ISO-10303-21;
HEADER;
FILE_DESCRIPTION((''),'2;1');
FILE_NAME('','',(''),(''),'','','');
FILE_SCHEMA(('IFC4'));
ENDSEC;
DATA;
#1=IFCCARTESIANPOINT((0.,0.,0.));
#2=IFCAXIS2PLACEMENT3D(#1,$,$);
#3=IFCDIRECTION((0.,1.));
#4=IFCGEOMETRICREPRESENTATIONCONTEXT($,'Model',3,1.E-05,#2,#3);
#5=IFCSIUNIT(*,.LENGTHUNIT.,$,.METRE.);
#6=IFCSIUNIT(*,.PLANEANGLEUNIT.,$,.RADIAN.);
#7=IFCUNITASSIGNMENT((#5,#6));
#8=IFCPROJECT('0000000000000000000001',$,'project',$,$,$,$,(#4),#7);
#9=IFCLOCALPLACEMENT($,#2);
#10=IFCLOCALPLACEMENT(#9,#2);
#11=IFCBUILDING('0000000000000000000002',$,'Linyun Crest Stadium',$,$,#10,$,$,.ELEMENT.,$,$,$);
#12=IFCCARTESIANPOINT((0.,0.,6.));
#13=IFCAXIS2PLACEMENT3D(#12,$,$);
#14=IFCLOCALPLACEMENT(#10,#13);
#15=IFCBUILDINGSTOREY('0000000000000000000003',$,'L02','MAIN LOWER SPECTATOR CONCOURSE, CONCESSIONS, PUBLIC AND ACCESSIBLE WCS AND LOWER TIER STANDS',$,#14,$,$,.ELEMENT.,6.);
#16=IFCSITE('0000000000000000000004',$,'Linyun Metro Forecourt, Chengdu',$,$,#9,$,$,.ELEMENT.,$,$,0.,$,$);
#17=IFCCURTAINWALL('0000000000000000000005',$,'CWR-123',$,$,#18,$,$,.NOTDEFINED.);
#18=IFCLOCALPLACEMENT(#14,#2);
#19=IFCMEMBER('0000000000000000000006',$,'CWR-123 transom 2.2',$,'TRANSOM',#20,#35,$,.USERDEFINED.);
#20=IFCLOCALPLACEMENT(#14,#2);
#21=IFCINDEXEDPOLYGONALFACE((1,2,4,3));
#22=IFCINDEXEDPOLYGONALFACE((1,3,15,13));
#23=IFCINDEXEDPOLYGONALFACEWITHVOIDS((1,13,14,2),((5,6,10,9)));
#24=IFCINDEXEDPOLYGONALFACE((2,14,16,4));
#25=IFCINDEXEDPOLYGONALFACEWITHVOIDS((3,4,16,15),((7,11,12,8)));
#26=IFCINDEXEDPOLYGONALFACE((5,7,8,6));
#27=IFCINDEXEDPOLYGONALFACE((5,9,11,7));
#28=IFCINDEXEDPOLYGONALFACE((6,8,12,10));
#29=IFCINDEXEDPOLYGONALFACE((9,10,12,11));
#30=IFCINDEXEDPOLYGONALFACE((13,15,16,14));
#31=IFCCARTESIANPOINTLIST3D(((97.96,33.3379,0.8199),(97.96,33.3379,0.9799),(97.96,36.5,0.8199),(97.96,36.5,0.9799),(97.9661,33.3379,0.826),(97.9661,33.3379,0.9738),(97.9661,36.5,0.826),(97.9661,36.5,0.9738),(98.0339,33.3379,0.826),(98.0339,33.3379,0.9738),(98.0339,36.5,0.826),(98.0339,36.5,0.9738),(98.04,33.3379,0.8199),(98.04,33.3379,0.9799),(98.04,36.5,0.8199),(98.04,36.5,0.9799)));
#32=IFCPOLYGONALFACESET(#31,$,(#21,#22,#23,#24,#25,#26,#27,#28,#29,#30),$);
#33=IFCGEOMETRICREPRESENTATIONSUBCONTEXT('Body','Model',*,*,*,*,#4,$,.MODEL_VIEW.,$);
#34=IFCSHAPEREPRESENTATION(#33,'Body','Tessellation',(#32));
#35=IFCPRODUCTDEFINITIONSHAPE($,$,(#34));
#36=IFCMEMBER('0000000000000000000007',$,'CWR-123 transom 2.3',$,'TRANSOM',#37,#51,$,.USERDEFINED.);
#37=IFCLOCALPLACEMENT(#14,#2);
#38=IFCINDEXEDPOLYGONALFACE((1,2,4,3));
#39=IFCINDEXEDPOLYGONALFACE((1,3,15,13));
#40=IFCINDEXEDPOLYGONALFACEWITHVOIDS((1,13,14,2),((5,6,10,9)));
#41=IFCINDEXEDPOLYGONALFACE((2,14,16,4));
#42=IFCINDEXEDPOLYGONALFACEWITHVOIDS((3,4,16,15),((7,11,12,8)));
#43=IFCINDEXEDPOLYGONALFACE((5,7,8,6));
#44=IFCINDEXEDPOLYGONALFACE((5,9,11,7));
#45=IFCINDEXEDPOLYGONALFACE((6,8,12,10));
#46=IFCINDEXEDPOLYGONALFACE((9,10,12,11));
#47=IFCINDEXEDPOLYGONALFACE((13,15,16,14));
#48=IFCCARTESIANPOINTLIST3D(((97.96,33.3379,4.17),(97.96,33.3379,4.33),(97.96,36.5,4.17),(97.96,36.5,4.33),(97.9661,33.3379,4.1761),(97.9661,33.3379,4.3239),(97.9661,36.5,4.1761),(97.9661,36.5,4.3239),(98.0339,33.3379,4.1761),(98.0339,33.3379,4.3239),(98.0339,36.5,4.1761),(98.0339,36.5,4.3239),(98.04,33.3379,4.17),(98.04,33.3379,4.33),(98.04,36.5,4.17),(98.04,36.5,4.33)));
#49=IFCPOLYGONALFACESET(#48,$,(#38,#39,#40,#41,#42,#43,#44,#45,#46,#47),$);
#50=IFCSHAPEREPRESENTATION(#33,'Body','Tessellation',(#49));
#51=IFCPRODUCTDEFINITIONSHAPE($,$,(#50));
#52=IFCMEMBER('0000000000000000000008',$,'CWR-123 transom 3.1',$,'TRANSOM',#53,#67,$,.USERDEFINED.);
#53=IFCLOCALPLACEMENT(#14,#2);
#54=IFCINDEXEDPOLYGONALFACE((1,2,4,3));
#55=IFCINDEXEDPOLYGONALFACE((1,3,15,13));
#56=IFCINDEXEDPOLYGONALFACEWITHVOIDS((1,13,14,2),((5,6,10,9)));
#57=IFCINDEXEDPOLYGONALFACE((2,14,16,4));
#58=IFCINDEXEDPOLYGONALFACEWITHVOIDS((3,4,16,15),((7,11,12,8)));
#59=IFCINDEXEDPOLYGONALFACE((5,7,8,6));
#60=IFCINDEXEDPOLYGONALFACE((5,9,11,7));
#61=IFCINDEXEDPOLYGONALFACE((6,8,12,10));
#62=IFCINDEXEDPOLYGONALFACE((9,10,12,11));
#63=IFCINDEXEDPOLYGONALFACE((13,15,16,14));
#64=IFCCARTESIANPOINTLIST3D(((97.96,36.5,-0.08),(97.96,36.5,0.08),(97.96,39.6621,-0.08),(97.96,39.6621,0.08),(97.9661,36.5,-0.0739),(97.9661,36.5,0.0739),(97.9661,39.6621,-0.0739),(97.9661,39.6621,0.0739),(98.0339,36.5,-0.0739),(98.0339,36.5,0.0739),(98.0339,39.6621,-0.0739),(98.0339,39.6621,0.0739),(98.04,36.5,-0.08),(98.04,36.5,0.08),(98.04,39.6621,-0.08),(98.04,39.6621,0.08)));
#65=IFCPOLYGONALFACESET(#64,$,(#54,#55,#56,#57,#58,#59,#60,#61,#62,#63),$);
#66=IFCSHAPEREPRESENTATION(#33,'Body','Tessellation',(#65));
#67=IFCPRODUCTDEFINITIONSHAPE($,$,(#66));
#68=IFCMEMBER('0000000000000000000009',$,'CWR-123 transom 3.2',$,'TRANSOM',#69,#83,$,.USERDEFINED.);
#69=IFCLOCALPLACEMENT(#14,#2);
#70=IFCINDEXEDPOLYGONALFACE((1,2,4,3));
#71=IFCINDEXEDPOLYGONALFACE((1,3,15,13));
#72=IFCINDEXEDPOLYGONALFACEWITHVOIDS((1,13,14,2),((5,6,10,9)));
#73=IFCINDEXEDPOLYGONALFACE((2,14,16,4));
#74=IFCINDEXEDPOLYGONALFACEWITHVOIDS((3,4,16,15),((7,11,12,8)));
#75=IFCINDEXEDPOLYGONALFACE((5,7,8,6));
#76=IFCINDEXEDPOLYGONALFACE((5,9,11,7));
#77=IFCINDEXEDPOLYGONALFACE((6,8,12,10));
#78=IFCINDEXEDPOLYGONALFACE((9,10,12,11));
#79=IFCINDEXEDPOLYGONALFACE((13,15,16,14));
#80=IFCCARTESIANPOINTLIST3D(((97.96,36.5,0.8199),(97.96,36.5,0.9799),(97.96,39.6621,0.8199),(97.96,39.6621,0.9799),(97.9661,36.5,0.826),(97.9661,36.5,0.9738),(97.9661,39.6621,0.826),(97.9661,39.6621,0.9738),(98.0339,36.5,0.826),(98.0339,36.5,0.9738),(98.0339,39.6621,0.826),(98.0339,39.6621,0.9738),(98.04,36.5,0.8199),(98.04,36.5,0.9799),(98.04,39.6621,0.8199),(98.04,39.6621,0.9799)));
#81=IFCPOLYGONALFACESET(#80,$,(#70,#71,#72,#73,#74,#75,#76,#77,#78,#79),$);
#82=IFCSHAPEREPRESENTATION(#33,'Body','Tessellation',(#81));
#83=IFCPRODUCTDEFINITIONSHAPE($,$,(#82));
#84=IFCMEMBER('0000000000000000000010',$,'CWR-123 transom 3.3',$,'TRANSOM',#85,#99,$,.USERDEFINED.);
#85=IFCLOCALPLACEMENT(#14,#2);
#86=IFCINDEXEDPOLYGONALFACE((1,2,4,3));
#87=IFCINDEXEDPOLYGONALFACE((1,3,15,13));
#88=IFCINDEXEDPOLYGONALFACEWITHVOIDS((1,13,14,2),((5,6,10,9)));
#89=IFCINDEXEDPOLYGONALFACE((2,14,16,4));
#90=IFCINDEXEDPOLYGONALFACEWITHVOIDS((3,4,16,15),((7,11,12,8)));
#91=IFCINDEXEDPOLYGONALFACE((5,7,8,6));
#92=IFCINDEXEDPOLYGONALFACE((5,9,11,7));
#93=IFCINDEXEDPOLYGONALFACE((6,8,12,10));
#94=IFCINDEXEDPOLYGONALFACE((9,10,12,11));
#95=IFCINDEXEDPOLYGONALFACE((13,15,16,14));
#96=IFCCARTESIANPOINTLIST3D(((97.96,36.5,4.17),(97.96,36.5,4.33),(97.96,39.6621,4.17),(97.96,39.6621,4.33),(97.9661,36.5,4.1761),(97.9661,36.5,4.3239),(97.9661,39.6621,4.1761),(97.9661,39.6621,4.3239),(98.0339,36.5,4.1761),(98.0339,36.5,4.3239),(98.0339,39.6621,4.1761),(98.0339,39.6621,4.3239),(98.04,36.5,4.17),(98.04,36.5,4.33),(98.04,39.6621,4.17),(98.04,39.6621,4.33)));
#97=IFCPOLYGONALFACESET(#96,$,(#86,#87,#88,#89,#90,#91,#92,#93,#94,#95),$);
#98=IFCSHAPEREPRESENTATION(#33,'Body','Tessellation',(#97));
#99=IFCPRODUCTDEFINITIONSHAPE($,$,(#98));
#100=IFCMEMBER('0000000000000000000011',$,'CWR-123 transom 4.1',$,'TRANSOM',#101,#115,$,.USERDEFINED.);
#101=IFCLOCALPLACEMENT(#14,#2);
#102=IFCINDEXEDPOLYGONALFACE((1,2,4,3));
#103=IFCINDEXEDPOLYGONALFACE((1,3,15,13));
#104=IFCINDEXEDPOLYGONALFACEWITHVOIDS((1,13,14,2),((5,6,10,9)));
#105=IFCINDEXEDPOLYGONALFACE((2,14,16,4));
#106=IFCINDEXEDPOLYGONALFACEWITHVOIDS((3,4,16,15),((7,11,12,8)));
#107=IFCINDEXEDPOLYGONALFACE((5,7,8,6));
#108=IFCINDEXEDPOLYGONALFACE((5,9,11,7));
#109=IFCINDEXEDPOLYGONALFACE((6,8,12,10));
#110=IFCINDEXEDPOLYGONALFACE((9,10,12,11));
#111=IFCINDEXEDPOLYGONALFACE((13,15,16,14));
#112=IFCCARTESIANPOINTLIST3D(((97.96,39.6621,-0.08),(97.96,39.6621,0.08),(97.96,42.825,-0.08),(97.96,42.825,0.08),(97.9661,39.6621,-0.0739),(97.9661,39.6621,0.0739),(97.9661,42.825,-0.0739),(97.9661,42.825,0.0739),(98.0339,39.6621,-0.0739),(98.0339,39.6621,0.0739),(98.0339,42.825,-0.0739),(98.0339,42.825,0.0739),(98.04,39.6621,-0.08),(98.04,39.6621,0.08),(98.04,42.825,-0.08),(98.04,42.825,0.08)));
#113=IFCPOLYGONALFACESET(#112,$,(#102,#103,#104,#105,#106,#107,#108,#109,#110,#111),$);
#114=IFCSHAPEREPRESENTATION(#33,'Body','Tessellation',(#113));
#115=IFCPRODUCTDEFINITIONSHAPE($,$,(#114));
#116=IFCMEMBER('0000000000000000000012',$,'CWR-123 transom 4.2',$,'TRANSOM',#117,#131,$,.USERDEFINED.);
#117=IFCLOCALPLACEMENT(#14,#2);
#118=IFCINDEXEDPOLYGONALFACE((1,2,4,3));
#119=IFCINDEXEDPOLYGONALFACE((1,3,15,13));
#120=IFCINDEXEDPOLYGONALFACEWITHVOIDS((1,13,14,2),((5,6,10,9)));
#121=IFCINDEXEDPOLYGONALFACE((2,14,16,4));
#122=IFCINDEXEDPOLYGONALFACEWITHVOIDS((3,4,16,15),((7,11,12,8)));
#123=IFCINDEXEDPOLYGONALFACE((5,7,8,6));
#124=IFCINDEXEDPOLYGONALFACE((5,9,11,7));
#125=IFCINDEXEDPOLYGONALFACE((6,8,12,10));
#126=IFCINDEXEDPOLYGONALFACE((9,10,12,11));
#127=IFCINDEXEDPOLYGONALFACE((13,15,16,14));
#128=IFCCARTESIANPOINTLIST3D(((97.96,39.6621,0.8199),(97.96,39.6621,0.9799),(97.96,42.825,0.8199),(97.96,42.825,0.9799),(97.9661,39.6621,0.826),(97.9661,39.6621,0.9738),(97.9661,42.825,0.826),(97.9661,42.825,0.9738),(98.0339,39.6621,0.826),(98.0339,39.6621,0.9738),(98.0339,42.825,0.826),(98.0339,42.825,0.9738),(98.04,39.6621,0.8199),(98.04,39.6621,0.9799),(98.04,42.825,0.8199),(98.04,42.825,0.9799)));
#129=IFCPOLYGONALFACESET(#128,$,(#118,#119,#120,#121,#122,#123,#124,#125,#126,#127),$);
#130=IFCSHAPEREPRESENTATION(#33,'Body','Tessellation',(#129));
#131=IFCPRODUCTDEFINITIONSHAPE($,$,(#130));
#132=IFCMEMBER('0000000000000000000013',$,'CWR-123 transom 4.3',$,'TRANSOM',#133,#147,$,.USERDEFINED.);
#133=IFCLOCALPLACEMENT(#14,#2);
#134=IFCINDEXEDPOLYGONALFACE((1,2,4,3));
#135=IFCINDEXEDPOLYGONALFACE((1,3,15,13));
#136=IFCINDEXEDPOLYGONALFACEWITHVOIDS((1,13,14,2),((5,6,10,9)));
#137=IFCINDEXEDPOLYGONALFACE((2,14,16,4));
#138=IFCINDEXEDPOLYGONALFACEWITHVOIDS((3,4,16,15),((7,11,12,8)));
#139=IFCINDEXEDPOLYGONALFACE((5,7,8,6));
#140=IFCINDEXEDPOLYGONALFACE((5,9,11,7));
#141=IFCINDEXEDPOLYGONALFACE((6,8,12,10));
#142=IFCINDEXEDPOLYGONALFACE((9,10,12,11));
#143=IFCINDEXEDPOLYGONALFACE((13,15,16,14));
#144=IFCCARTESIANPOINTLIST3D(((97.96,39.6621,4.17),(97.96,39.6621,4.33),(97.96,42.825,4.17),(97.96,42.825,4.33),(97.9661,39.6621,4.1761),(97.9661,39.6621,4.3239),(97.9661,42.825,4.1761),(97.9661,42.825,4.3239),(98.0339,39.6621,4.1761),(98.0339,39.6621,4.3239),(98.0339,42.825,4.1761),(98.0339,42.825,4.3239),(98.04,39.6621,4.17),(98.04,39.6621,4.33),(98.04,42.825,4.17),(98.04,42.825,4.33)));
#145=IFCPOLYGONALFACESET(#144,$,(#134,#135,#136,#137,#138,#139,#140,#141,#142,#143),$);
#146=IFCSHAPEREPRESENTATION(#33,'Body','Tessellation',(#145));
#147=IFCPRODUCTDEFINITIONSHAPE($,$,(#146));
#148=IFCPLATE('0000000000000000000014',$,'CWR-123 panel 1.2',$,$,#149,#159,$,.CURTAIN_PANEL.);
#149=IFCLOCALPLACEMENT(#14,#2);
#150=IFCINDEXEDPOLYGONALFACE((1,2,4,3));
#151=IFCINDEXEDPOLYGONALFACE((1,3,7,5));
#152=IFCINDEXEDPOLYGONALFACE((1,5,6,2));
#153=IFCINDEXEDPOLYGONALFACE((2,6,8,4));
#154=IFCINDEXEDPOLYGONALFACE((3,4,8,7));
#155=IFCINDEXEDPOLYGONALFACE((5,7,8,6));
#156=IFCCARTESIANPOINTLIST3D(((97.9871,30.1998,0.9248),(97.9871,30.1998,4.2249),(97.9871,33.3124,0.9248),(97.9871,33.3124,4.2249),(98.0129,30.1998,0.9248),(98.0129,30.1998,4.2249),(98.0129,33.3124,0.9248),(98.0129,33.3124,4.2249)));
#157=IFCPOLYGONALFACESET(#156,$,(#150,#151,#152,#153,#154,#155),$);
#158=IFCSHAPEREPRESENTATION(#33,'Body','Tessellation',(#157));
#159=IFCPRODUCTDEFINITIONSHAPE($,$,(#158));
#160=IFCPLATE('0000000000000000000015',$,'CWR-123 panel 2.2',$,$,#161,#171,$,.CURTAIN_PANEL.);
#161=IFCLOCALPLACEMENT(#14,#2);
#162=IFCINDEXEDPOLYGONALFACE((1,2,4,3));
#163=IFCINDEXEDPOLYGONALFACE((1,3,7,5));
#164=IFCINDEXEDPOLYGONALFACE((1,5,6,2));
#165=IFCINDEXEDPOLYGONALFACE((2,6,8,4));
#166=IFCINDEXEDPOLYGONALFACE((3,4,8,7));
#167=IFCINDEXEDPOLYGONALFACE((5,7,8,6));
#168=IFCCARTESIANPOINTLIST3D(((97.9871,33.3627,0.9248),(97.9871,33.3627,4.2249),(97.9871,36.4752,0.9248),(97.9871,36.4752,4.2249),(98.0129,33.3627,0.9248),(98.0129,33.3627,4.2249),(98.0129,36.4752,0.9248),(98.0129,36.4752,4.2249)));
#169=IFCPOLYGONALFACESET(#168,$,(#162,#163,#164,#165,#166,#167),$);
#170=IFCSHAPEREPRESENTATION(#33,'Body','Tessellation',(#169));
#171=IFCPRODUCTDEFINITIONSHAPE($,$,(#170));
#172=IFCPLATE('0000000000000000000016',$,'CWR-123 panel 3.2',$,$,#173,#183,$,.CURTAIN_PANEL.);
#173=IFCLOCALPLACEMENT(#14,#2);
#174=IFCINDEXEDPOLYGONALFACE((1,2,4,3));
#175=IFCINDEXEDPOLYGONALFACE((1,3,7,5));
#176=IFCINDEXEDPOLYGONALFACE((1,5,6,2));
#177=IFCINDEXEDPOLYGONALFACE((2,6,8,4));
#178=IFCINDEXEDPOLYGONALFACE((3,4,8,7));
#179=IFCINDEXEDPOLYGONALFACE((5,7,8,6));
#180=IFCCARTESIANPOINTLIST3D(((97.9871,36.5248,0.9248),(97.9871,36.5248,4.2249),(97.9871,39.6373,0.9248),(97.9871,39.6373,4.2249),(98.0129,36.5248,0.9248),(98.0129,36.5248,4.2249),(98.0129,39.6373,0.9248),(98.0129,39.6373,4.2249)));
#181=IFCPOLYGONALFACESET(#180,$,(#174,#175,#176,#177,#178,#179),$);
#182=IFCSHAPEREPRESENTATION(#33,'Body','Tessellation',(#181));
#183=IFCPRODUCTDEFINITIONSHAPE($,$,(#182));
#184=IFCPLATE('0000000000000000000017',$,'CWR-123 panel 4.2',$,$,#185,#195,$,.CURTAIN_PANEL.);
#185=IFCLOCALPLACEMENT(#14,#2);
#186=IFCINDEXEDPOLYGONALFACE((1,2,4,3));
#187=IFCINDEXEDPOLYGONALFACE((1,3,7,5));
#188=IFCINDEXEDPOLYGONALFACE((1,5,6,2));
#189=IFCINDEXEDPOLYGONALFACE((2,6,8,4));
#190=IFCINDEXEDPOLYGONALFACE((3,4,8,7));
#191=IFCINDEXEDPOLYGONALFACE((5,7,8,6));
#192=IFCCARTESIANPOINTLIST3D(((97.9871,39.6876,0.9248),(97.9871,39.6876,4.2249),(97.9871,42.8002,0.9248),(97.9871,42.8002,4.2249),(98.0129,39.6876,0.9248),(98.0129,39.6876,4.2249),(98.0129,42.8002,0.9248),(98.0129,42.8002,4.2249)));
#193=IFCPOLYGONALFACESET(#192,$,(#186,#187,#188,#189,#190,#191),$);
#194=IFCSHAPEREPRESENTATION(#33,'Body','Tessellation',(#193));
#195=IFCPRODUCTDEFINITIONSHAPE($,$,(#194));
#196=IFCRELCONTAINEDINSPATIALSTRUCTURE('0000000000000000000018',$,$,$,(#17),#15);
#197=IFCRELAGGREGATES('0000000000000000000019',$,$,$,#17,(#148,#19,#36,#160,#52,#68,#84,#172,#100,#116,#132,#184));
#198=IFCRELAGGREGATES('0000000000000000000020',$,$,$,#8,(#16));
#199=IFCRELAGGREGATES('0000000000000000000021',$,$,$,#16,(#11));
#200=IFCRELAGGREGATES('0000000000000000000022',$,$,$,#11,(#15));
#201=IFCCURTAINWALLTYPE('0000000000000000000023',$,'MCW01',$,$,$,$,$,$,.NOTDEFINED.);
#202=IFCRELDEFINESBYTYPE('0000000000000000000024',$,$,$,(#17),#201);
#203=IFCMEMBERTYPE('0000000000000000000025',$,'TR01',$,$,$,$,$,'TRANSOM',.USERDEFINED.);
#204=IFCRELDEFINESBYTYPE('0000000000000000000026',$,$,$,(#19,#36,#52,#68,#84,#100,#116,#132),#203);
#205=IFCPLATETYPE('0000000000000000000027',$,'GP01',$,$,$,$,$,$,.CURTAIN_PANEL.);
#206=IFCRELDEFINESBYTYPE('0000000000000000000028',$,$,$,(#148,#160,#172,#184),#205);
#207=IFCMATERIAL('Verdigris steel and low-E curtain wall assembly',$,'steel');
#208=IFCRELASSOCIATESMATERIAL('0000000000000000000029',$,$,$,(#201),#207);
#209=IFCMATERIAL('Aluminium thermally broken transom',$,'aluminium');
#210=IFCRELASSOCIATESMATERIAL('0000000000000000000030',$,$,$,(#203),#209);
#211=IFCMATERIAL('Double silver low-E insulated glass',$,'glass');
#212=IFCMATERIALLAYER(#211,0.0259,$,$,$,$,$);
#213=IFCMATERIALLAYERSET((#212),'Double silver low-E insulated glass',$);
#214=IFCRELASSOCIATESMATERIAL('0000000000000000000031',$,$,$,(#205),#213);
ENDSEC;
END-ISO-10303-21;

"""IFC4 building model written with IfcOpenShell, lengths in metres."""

from ifc_helpers import new_model, si_unit, direction, frame, origin, origin_2d, place, context, subcontext, project, spatial, rectangle, hollow_rectangle, extrude, material, layer, layer_set, material_profile, profile_set, type_object, element, aggregate, save


model = new_model("IFC4")

# Units and contexts
model_context = context("Model", 3, precision=1e-05, world=origin(), true_north=direction((0.0, 1.0)))
body_context = subcontext(model_context, "Body", "Model", "MODEL_VIEW")
ifc_project = project(units=[si_unit("LENGTHUNIT", "METRE"), si_unit("PLANEANGLEUNIT", "RADIAN")], contexts=[model_context])

# Site, building, storey
site_placement = place(None, origin())
site = spatial("IfcSite", under=ifc_project, at=site_placement, Name="Linyun Metro Forecourt, Chengdu", CompositionType="ELEMENT", RefElevation=0.0)
building_placement = place(site_placement, origin())
building = spatial("IfcBuilding", under=site, at=building_placement, Name="Linyun Crest Stadium", CompositionType="ELEMENT")
storey_placement = place(building_placement, frame((0.0, 0.0, 6.0)))
storey = spatial("IfcBuildingStorey", under=building, at=storey_placement, Name="L02", Description="MAIN LOWER SPECTATOR CONCOURSE, CONCESSIONS, PUBLIC AND ACCESSIBLE WCS AND LOWER TIER STANDS", CompositionType="ELEMENT", Elevation=6.0)

# Curtain wall, members, plates
ifc_material_1 = material(Name="Verdigris steel and low-E curtain wall assembly", Category="steel")
curtain_wall_type = type_object("IfcCurtainWallType", Name="MCW01", PredefinedType="NOTDEFINED", material=ifc_material_1)
curtain_wall_placement = place(storey_placement, origin())
curtain_wall = element("IfcCurtainWall", 1, at=curtain_wall_placement, inside=storey, type_object=curtain_wall_type, Name="CWR-123", PredefinedType="NOTDEFINED")
ifc_material_2 = material(Name="Aluminium thermally broken transom", Category="aluminium")
ifc_material_profile_1 = material_profile(ifc_material_2, hollow_rectangle(XDim=0.0801, YDim=0.1599, WallThickness=0.0061, at=origin_2d()), Name="RHS 160x80x6")
ifc_profile_set_1 = profile_set([ifc_material_profile_1], Name="Aluminium thermally broken transom")
member_type_1 = type_object("IfcMemberType", Name="TR01", ElementType="TRANSOM", PredefinedType="USERDEFINED", material=ifc_profile_set_1)
member_1_placement = place(storey_placement, frame((98.0, 33.3379, 0.8999), z_axis=(0.0, 1.0, 0.0), x_axis=(-1.0, 0.0, 0.0)))
member_1 = element("IfcMember", 2, at=member_1_placement, type_object=member_type_1, Name="CWR-123 transom 2.2", ObjectType="TRANSOM", PredefinedType="USERDEFINED", context=body_context, shape_type="SweptSolid", body=[
    extrude(hollow_rectangle(XDim=0.0801, YDim=0.1599, WallThickness=0.0061, at=origin_2d()), origin(), (0.0, 0.0, 1.0), 3.1621),
])
member_2_placement = place(storey_placement, frame((98.0, 33.3379, 4.25), z_axis=(0.0, 1.0, 0.0), x_axis=(-1.0, 0.0, 0.0)))
member_2 = element("IfcMember", 3, at=member_2_placement, type_object=member_type_1, Name="CWR-123 transom 2.3", ObjectType="TRANSOM", PredefinedType="USERDEFINED", context=body_context, shape_type="SweptSolid", body=[
    extrude(hollow_rectangle(XDim=0.0801, YDim=0.1599, WallThickness=0.0061, at=origin_2d()), origin(), (0.0, 0.0, 1.0), 3.1621),
])
member_3_placement = place(storey_placement, frame((98.0, 36.5, 0.0), z_axis=(0.0, 1.0, 0.0), x_axis=(-1.0, 0.0, 0.0)))
member_3 = element("IfcMember", 4, at=member_3_placement, type_object=member_type_1, Name="CWR-123 transom 3.1", ObjectType="TRANSOM", PredefinedType="USERDEFINED", context=body_context, shape_type="SweptSolid", body=[
    extrude(hollow_rectangle(XDim=0.0801, YDim=0.1599, WallThickness=0.0061, at=origin_2d()), origin(), (0.0, 0.0, 1.0), 3.1621),
])
member_4_placement = place(storey_placement, frame((98.0, 36.5, 0.8999), z_axis=(0.0, 1.0, 0.0), x_axis=(-1.0, 0.0, 0.0)))
member_4 = element("IfcMember", 5, at=member_4_placement, type_object=member_type_1, Name="CWR-123 transom 3.2", ObjectType="TRANSOM", PredefinedType="USERDEFINED", context=body_context, shape_type="SweptSolid", body=[
    extrude(hollow_rectangle(XDim=0.0801, YDim=0.1599, WallThickness=0.0061, at=origin_2d()), origin(), (0.0, 0.0, 1.0), 3.1621),
])
member_5_placement = place(storey_placement, frame((98.0, 36.5, 4.25), z_axis=(0.0, 1.0, 0.0), x_axis=(-1.0, 0.0, 0.0)))
member_5 = element("IfcMember", 6, at=member_5_placement, type_object=member_type_1, Name="CWR-123 transom 3.3", ObjectType="TRANSOM", PredefinedType="USERDEFINED", context=body_context, shape_type="SweptSolid", body=[
    extrude(hollow_rectangle(XDim=0.0801, YDim=0.1599, WallThickness=0.0061, at=origin_2d()), origin(), (0.0, 0.0, 1.0), 3.1621),
])
member_6_placement = place(storey_placement, frame((98.0, 39.6621, 0.0), z_axis=(0.0, 1.0, 0.0), x_axis=(-1.0, 0.0, 0.0)))
member_6 = element("IfcMember", 7, at=member_6_placement, type_object=member_type_1, Name="CWR-123 transom 4.1", ObjectType="TRANSOM", PredefinedType="USERDEFINED", context=body_context, shape_type="SweptSolid", body=[
    extrude(hollow_rectangle(XDim=0.0801, YDim=0.1599, WallThickness=0.0061, at=origin_2d()), origin(), (0.0, 0.0, 1.0), 3.1628),
])
member_7_placement = place(storey_placement, frame((98.0, 39.6621, 0.8999), z_axis=(0.0, 1.0, 0.0), x_axis=(-1.0, 0.0, 0.0)))
member_7 = element("IfcMember", 8, at=member_7_placement, type_object=member_type_1, Name="CWR-123 transom 4.2", ObjectType="TRANSOM", PredefinedType="USERDEFINED", context=body_context, shape_type="SweptSolid", body=[
    extrude(hollow_rectangle(XDim=0.0801, YDim=0.1599, WallThickness=0.0061, at=origin_2d()), origin(), (0.0, 0.0, 1.0), 3.1628),
])
member_8_placement = place(storey_placement, frame((98.0, 39.6621, 4.25), z_axis=(0.0, 1.0, 0.0), x_axis=(-1.0, 0.0, 0.0)))
member_8 = element("IfcMember", 9, at=member_8_placement, type_object=member_type_1, Name="CWR-123 transom 4.3", ObjectType="TRANSOM", PredefinedType="USERDEFINED", context=body_context, shape_type="SweptSolid", body=[
    extrude(hollow_rectangle(XDim=0.0801, YDim=0.1599, WallThickness=0.0061, at=origin_2d()), origin(), (0.0, 0.0, 1.0), 3.1628),
])
ifc_material_3 = material(Name="Double silver low-E insulated glass", Category="glass")
ifc_layer_1 = layer(ifc_material_3, 0.0259)
ifc_layer_set_1 = layer_set([ifc_layer_1], Name="Double silver low-E insulated glass")
plate_type_1 = type_object("IfcPlateType", Name="GP01", PredefinedType="CURTAIN_PANEL", material=ifc_layer_set_1)
plate_1_placement = place(storey_placement, frame((98.0, 31.7561, 0.9248), z_axis=(0.0, 0.0, 1.0), x_axis=(0.0, 1.0, 0.0)))
plate_1 = element("IfcPlate", 10, at=plate_1_placement, type_object=plate_type_1, Name="CWR-123 panel 1.2", PredefinedType="CURTAIN_PANEL", context=body_context, shape_type="SweptSolid", body=[
    extrude(rectangle(XDim=3.1125, YDim=0.0259, at=origin_2d()), origin(), (0.0, 0.0, 1.0), 3.3),
])
plate_2_placement = place(storey_placement, frame((98.0, 34.9189, 0.9248), z_axis=(0.0, 0.0, 1.0), x_axis=(0.0, 1.0, 0.0)))
plate_2 = element("IfcPlate", 11, at=plate_2_placement, type_object=plate_type_1, Name="CWR-123 panel 2.2", PredefinedType="CURTAIN_PANEL", context=body_context, shape_type="SweptSolid", body=[
    extrude(rectangle(XDim=3.1125, YDim=0.0259, at=origin_2d()), origin(), (0.0, 0.0, 1.0), 3.3),
])
plate_3_placement = place(storey_placement, frame((98.0, 38.0811, 0.9248), z_axis=(0.0, 0.0, 1.0), x_axis=(0.0, 1.0, 0.0)))
plate_3 = element("IfcPlate", 12, at=plate_3_placement, type_object=plate_type_1, Name="CWR-123 panel 3.2", PredefinedType="CURTAIN_PANEL", context=body_context, shape_type="SweptSolid", body=[
    extrude(rectangle(XDim=3.1125, YDim=0.0259, at=origin_2d()), origin(), (0.0, 0.0, 1.0), 3.3),
])
plate_4_placement = place(storey_placement, frame((98.0, 41.2439, 0.9248), z_axis=(0.0, 0.0, 1.0), x_axis=(0.0, 1.0, 0.0)))
plate_4 = element("IfcPlate", 13, at=plate_4_placement, type_object=plate_type_1, Name="CWR-123 panel 4.2", PredefinedType="CURTAIN_PANEL", context=body_context, shape_type="SweptSolid", body=[
    extrude(rectangle(XDim=3.1125, YDim=0.0259, at=origin_2d()), origin(), (0.0, 0.0, 1.0), 3.3),
])
aggregate(curtain_wall, [plate_1, member_1, member_2, plate_2, member_3, member_4, member_5, plate_3, member_6, member_7, member_8, plate_4])

save(model, "model.ifc")
